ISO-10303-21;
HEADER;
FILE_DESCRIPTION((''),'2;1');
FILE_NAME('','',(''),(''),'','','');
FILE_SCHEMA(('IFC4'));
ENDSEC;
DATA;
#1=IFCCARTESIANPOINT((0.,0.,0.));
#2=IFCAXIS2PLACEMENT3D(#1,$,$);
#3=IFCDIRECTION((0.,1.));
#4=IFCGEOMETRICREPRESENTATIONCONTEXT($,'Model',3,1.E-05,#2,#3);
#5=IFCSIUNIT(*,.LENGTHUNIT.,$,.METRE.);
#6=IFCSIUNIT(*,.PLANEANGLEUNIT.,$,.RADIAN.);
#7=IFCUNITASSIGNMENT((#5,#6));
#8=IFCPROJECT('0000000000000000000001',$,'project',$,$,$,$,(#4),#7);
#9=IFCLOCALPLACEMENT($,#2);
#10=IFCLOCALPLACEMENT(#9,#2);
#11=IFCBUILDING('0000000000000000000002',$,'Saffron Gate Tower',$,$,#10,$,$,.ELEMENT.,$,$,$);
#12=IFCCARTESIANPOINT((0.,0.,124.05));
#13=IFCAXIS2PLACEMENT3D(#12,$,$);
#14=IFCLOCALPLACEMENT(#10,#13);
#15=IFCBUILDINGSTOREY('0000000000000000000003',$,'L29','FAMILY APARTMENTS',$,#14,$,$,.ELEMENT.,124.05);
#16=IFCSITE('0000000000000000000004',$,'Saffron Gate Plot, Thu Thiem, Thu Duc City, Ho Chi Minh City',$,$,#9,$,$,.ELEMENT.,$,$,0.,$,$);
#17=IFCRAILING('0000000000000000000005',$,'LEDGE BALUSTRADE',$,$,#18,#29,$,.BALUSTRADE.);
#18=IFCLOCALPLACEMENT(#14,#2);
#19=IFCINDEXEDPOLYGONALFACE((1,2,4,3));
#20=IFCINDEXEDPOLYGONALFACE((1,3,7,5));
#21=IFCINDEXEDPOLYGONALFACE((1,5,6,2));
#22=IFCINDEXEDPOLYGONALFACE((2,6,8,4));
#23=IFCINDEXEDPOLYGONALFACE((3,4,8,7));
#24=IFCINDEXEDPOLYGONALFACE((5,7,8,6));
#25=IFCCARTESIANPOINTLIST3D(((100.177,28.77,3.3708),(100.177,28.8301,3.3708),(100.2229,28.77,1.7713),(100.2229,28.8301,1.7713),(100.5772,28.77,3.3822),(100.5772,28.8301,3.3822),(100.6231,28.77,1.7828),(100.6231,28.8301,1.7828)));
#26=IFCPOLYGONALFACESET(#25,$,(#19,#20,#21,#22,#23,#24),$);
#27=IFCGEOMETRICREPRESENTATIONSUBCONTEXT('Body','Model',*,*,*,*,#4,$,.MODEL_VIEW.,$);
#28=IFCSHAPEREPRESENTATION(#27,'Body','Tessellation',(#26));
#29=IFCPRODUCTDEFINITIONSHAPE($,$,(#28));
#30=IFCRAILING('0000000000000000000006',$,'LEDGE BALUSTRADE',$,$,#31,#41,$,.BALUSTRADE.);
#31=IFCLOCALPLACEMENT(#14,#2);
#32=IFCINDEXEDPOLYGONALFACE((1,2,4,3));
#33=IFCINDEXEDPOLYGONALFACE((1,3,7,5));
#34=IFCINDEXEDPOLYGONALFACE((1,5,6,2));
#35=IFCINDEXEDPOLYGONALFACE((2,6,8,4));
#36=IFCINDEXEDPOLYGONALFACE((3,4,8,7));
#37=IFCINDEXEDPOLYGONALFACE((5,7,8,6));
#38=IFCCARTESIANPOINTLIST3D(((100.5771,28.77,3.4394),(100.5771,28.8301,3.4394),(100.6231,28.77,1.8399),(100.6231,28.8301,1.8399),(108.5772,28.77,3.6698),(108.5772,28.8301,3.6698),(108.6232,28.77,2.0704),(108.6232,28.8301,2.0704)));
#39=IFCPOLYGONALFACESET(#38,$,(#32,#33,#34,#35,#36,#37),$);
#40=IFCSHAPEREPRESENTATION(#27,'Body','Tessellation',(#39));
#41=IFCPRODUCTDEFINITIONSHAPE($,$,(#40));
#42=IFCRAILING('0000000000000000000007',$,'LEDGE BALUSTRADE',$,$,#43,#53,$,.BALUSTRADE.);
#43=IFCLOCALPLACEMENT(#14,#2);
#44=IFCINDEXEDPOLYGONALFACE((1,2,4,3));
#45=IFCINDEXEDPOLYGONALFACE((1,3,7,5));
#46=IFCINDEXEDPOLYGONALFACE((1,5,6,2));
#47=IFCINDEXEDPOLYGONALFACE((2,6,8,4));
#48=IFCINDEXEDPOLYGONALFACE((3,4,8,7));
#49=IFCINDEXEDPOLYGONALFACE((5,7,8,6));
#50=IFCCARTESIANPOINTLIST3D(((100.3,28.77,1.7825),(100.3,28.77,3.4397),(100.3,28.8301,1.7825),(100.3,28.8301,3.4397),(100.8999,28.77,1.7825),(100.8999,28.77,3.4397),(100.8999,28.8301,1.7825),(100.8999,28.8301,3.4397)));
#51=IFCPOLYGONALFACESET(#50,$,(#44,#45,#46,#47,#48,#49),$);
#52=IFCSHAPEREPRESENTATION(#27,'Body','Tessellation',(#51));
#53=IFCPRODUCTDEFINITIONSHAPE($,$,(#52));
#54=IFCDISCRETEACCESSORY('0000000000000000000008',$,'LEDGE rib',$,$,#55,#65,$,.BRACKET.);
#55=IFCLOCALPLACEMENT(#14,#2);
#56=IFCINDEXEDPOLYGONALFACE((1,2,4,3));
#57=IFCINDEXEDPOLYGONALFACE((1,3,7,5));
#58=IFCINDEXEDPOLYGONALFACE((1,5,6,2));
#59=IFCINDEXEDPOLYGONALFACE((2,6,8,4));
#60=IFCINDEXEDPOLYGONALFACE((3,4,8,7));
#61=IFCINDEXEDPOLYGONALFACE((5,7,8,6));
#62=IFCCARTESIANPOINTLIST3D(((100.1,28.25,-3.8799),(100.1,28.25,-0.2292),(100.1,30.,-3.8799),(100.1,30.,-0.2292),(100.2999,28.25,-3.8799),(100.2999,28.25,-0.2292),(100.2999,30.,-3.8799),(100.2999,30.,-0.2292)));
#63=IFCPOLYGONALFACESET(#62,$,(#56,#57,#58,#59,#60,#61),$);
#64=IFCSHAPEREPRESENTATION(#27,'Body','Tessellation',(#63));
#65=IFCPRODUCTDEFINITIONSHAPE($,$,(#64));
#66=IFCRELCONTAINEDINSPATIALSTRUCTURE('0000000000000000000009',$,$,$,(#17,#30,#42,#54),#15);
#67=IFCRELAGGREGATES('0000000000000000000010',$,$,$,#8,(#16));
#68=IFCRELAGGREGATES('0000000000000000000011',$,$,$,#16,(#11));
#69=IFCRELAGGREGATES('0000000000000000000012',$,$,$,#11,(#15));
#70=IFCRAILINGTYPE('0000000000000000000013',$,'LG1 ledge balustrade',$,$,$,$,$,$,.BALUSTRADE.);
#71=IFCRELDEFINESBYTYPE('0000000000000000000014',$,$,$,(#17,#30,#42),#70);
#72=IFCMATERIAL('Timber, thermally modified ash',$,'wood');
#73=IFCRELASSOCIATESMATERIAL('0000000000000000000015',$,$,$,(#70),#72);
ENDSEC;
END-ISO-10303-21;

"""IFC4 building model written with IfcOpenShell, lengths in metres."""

from ifc_helpers import new_model, si_unit, direction, frame, origin, origin_2d, place, context, subcontext, project, spatial, rectangle, extrude, material, type_object, element, save


model = new_model("IFC4")

# Units and contexts
model_context = context("Model", 3, precision=1e-05, world=origin(), true_north=direction((0.0, 1.0)))
body_context = subcontext(model_context, "Body", "Model", "MODEL_VIEW")
ifc_project = project(units=[si_unit("LENGTHUNIT", "METRE"), si_unit("PLANEANGLEUNIT", "RADIAN")], contexts=[model_context])

# Site, building, storey
site_placement = place(None, origin())
site = spatial("IfcSite", under=ifc_project, at=site_placement, Name="Saffron Gate Plot, Thu Thiem, Thu Duc City, Ho Chi Minh City", CompositionType="ELEMENT", RefElevation=0.0)
building_placement = place(site_placement, origin())
building = spatial("IfcBuilding", under=site, at=building_placement, Name="Saffron Gate Tower", CompositionType="ELEMENT")
storey_placement = place(building_placement, frame((0.0, 0.0, 124.05)))
storey = spatial("IfcBuildingStorey", under=building, at=storey_placement, Name="L29", Description="FAMILY APARTMENTS", CompositionType="ELEMENT", Elevation=124.05)

# Shared definitions
ifc_material_1 = material(Name="Timber, thermally modified ash", Category="wood")

# Railings
railing_type_1 = type_object("IfcRailingType", Name="LG1 ledge balustrade", PredefinedType="BALUSTRADE", material=ifc_material_1)
railing_1_placement = place(storey_placement, frame((100.2, 28.8, 1.771)))
element("IfcRailing", 1, at=railing_1_placement, inside=storey, type_object=railing_type_1, Name="LEDGE BALUSTRADE", PredefinedType="BALUSTRADE", context=body_context, shape_type="SweptSolid", body=[
    extrude(rectangle(XDim=0.0601, YDim=1.6001, at=origin_2d()), frame((0.0, 0.0, 0.8), z_axis=(0.999589, 0.0, 0.028664), x_axis=(0.0, 1.0, 0.0)), (0.0, 0.0, 1.0), 0.4004),
])
railing_2_placement = place(storey_placement, frame((100.6001, 28.8, 1.8396)))
element("IfcRailing", 2, at=railing_2_placement, inside=storey, type_object=railing_type_1, Name="LEDGE BALUSTRADE", PredefinedType="BALUSTRADE", context=body_context, shape_type="SweptSolid", body=[
    extrude(rectangle(XDim=0.0601, YDim=1.6001, at=origin_2d()), frame((0.0, 0.0, 0.8), z_axis=(0.999585, 0.0, 0.028797), x_axis=(0.0, 1.0, 0.0)), (0.0, 0.0, 1.0), 8.0034),
])
railing_3_placement = place(storey_placement, frame((100.3, 28.8, 1.7825)))
element("IfcRailing", 3, at=railing_3_placement, inside=storey, type_object=railing_type_1, Name="LEDGE BALUSTRADE", PredefinedType="BALUSTRADE", context=body_context, shape_type="SweptSolid", body=[
    extrude(rectangle(XDim=0.0601, YDim=1.6572, at=origin_2d()), frame((0.0, 0.0, 0.8286), z_axis=(1.0, 0.0, 0.0), x_axis=(0.0, 1.0, 0.0)), (0.0, 0.0, 1.0), 0.5999),
])

# Discrete accessory
discrete_accessory_placement = place(storey_placement, frame((100.2, 29.125, -3.8799), z_axis=(0.0, 0.0, 1.0), x_axis=(1.0, 0.0, 0.0)))
element("IfcDiscreteAccessory", 4, at=discrete_accessory_placement, inside=storey, Name="LEDGE rib", PredefinedType="BRACKET", context=body_context, shape_type="SweptSolid", body=[
    extrude(rectangle(XDim=0.2, YDim=1.75, at=origin_2d()), origin(), (0.0, 0.0, 1.0), 3.6506),
])

save(model, "model.ifc")
